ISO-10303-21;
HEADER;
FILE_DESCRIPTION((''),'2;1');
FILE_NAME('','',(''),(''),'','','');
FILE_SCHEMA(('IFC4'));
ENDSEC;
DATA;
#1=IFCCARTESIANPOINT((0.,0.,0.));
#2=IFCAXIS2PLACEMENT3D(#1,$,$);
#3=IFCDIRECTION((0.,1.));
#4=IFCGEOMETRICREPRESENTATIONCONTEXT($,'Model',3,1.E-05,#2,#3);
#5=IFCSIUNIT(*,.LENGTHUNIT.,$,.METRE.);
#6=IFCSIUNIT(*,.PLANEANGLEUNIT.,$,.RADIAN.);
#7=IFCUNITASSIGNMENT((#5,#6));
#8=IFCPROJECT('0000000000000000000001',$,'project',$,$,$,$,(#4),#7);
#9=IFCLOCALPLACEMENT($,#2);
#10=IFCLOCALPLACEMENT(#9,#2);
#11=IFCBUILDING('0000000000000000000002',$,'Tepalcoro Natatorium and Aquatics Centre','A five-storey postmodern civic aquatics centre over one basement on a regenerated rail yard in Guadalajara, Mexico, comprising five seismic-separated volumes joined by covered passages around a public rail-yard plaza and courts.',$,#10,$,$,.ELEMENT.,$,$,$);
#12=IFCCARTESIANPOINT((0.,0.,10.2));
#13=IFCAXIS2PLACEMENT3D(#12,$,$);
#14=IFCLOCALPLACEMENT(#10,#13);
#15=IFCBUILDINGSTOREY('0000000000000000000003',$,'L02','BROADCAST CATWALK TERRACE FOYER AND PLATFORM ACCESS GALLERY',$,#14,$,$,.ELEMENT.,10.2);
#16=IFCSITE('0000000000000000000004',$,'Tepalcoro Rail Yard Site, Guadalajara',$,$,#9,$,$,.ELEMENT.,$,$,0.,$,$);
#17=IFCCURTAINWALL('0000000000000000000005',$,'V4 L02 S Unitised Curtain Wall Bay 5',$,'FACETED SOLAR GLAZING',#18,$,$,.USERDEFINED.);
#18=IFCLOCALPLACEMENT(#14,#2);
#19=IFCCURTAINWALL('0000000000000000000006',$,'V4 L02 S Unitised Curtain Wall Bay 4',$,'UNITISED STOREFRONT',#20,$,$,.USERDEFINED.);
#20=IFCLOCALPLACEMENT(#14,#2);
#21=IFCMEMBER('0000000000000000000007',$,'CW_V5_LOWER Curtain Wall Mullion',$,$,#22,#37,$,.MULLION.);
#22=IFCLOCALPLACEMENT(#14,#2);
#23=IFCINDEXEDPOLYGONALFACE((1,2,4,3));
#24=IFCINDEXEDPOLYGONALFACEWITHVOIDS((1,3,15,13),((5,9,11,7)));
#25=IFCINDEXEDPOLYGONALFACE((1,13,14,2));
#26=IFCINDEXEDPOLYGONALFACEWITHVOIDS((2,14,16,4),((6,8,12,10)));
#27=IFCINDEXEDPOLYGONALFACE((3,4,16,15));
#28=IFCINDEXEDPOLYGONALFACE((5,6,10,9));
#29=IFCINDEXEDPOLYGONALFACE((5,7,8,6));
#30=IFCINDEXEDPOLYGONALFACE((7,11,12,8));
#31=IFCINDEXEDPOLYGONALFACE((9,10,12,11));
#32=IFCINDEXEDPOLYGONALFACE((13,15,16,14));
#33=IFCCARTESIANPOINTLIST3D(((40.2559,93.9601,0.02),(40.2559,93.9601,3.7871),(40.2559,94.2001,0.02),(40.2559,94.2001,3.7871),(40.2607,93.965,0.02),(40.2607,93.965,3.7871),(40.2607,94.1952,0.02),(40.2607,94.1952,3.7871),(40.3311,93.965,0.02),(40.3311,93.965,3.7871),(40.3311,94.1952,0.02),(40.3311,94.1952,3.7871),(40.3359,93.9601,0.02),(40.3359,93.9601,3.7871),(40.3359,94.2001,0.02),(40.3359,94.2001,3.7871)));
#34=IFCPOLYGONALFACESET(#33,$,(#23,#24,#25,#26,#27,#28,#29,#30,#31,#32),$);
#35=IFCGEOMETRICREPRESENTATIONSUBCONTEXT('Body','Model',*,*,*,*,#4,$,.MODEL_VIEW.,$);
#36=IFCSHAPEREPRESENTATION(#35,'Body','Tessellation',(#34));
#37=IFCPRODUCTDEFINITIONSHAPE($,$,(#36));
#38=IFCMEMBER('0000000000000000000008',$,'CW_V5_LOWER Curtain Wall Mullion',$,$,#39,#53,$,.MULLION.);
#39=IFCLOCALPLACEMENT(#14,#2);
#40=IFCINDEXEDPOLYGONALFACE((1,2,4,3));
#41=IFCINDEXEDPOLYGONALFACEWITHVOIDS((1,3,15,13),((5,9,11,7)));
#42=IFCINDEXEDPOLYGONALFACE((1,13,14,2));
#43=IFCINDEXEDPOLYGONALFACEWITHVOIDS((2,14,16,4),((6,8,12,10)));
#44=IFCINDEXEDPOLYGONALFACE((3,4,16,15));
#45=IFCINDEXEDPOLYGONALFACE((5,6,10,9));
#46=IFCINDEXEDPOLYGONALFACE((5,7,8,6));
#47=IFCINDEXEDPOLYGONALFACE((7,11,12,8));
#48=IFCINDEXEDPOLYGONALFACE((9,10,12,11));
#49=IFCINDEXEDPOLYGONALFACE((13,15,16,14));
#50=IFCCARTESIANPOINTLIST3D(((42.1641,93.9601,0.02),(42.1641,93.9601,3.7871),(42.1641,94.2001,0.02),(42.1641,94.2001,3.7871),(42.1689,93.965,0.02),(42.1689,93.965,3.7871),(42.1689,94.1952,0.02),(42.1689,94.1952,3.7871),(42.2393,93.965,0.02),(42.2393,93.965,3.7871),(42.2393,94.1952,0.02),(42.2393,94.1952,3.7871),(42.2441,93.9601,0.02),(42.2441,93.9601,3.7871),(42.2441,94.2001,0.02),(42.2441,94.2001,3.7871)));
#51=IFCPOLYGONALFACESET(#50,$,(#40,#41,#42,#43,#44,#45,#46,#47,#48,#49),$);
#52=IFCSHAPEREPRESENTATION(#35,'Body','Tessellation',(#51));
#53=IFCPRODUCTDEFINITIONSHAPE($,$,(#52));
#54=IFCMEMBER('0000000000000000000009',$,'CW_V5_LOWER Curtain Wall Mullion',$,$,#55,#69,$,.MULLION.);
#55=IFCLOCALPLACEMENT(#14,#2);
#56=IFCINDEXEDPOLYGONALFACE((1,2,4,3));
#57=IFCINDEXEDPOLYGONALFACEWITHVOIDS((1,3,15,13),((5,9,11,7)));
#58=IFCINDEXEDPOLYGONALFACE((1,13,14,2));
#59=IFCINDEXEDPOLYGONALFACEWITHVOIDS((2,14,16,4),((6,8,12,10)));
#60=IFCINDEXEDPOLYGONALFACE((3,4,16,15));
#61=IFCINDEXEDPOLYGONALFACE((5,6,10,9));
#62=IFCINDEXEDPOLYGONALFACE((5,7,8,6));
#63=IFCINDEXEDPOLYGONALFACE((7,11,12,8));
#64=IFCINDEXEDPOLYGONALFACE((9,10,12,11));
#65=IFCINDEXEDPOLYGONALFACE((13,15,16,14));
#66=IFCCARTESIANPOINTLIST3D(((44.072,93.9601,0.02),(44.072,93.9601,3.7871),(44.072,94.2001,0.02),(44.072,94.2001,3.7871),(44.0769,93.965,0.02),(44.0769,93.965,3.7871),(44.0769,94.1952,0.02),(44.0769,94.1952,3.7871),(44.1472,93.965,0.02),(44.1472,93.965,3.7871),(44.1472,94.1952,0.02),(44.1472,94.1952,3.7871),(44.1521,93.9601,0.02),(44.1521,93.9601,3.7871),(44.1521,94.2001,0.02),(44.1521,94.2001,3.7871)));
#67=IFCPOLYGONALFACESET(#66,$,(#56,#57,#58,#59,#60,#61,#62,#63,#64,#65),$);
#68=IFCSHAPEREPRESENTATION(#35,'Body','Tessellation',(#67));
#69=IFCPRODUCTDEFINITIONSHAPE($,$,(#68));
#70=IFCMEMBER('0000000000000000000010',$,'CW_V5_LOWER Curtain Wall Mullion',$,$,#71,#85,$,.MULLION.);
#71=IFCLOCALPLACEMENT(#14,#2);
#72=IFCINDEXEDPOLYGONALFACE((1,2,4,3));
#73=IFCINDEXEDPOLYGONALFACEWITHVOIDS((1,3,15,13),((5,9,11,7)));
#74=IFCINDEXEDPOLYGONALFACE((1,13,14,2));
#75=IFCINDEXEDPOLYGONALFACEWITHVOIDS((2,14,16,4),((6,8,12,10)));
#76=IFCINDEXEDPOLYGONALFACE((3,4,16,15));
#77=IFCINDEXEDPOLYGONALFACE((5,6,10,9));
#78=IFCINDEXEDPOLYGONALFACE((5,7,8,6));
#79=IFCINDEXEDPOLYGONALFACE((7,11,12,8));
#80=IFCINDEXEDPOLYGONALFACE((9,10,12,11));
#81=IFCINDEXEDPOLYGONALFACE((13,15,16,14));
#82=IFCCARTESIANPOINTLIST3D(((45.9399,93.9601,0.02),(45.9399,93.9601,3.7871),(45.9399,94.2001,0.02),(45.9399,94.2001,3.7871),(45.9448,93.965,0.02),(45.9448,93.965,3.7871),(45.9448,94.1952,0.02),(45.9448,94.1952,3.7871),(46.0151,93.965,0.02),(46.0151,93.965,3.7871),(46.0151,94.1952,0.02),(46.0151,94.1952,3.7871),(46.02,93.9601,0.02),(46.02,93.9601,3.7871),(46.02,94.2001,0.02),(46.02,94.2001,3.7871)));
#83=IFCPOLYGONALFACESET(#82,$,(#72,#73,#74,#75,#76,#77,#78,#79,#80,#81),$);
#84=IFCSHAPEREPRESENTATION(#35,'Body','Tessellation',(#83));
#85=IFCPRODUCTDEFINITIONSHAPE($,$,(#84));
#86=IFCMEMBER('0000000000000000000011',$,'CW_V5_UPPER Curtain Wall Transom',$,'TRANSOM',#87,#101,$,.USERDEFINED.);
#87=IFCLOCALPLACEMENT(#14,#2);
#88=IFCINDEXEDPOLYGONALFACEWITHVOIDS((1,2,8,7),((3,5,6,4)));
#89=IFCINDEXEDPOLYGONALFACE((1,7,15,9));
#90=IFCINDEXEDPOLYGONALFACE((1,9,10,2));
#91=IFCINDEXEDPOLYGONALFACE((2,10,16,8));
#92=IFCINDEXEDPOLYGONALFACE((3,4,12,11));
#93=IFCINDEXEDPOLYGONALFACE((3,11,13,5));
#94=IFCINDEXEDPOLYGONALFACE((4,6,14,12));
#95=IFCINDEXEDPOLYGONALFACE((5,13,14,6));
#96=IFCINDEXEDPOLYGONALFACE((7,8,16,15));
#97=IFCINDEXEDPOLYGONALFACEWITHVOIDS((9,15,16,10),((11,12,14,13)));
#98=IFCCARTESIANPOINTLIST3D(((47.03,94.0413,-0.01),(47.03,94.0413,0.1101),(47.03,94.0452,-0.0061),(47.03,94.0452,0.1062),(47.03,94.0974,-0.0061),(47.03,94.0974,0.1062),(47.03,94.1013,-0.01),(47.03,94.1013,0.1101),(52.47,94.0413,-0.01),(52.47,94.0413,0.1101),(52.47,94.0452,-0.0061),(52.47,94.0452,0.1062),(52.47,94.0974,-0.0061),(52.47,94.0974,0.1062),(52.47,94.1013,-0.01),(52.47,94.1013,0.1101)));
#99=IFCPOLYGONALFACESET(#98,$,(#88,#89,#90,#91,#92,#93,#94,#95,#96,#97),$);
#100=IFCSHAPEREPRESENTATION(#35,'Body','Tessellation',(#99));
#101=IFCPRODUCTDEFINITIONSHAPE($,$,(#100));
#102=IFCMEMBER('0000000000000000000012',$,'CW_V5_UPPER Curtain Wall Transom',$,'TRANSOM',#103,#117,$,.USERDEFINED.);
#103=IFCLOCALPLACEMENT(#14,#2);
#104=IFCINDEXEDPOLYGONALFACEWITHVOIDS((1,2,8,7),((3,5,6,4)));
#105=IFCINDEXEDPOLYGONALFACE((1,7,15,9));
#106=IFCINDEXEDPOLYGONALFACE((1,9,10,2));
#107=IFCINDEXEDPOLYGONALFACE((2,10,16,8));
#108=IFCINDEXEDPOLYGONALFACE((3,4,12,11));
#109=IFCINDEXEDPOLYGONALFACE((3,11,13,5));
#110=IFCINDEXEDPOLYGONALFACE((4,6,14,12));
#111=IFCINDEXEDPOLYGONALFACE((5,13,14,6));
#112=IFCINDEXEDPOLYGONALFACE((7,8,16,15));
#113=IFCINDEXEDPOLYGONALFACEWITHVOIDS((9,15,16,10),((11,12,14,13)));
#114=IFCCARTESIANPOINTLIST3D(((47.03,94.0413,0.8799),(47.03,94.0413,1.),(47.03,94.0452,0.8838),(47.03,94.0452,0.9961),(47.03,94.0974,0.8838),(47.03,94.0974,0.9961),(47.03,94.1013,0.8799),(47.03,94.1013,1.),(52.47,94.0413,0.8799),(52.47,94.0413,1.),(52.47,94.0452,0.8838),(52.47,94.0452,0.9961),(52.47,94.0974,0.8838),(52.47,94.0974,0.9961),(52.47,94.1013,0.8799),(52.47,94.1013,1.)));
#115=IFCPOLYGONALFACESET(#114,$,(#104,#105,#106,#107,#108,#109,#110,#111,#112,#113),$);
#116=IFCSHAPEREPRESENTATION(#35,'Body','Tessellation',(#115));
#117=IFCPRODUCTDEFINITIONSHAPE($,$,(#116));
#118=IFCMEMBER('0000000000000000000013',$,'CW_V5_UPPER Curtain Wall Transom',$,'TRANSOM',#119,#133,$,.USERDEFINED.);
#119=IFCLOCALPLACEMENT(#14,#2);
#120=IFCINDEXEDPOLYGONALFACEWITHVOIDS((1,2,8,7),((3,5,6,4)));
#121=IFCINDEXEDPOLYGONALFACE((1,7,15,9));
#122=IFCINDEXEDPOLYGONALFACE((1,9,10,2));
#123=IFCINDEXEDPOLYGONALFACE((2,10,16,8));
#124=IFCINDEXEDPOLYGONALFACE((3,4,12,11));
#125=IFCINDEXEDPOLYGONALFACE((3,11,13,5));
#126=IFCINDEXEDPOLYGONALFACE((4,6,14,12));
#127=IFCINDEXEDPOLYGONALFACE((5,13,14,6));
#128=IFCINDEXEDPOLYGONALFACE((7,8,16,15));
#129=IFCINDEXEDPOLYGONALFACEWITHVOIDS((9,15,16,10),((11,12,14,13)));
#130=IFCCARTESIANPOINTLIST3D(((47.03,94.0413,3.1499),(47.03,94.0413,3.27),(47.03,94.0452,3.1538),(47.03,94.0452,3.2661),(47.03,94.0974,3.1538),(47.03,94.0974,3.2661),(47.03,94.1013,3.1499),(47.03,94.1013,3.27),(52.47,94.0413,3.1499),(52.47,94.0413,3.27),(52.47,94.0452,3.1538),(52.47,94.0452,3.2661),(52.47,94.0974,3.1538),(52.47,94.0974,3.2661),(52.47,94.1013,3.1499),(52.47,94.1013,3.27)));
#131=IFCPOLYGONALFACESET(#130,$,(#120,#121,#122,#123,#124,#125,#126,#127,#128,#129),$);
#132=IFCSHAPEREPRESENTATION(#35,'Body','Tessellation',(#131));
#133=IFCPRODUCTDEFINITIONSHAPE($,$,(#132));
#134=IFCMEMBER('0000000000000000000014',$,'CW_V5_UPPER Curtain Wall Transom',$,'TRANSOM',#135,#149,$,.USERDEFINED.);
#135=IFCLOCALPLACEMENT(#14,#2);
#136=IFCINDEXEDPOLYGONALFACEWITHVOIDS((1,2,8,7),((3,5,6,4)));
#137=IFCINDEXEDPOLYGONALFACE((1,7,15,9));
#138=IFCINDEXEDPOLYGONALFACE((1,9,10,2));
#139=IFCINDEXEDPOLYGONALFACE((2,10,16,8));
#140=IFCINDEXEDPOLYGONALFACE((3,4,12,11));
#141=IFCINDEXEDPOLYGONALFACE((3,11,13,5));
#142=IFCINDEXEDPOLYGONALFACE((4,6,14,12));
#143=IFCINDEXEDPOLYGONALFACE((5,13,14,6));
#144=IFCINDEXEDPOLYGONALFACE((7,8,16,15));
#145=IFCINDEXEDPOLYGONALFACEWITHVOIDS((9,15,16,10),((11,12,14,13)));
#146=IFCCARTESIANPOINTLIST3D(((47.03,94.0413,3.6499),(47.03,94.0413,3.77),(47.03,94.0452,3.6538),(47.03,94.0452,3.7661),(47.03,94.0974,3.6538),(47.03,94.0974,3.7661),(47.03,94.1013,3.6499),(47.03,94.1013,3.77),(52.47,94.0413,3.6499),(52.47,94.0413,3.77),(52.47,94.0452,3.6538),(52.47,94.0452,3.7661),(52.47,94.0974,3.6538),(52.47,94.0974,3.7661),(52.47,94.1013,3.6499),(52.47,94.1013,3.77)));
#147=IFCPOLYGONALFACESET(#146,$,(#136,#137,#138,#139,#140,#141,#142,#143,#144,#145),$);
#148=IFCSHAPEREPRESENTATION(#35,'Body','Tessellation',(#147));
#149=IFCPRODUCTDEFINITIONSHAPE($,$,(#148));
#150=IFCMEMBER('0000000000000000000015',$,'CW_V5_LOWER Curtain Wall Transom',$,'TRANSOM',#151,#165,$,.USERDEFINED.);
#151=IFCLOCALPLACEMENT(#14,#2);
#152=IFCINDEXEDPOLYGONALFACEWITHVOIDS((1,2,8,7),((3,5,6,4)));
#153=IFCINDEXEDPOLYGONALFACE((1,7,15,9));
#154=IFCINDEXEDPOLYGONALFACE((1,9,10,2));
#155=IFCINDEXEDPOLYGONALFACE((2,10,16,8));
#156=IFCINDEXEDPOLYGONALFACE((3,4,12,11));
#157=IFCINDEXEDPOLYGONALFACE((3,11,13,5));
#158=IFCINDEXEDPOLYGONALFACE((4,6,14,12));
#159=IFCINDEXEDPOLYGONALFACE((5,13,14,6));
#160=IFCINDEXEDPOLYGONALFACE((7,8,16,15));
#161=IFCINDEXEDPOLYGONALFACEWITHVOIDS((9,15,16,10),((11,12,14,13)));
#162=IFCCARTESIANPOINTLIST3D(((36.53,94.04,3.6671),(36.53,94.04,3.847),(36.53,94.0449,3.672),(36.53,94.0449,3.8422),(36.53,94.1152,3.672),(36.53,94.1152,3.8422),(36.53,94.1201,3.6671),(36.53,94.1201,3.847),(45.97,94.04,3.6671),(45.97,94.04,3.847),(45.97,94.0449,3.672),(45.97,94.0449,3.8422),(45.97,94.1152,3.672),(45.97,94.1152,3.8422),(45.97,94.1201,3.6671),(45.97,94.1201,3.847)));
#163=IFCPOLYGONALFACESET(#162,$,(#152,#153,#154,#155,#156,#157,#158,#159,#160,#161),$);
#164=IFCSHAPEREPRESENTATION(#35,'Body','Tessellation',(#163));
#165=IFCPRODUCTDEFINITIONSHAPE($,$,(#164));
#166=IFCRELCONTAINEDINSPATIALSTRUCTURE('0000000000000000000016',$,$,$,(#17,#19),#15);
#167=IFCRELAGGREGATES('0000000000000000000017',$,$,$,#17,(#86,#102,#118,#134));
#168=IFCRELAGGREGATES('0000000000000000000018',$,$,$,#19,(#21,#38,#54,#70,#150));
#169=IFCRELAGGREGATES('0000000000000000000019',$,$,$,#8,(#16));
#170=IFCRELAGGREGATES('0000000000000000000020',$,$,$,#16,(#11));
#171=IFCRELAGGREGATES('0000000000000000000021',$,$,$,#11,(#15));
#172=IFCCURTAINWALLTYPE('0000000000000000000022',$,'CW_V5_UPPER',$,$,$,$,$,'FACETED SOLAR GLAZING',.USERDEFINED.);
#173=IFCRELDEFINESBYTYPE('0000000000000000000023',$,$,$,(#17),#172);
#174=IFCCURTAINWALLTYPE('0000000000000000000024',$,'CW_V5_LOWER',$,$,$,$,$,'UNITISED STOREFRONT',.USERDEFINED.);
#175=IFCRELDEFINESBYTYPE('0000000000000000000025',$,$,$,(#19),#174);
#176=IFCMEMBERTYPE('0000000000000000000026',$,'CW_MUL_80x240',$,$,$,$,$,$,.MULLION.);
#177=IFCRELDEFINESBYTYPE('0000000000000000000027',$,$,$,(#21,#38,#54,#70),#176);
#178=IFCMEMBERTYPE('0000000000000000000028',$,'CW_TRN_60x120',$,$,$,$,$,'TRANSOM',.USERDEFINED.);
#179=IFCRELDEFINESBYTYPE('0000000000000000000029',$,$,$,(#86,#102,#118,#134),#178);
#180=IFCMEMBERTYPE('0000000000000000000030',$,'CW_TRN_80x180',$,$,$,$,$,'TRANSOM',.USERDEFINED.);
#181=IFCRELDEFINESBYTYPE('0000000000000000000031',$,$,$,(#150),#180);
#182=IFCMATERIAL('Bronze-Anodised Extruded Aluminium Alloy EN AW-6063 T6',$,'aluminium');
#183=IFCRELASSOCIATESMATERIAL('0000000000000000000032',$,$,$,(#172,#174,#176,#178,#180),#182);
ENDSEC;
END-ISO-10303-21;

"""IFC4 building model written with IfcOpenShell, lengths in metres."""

from ifc_helpers import new_model, si_unit, direction, frame, origin, origin_2d, place, context, subcontext, project, spatial, hollow_rectangle, extrude, material, material_profile, profile_set, type_object, element, aggregate, save


model = new_model("IFC4")

# Units and contexts
model_context = context("Model", 3, precision=1e-05, world=origin(), true_north=direction((0.0, 1.0)))
body_context = subcontext(model_context, "Body", "Model", "MODEL_VIEW")
ifc_project = project(units=[si_unit("LENGTHUNIT", "METRE"), si_unit("PLANEANGLEUNIT", "RADIAN")], contexts=[model_context])

# Site, building, storey
site_placement = place(None, origin())
site = spatial("IfcSite", under=ifc_project, at=site_placement, Name="Tepalcoro Rail Yard Site, Guadalajara", CompositionType="ELEMENT", RefElevation=0.0)
building_placement = place(site_placement, origin())
building = spatial("IfcBuilding", under=site, at=building_placement, Name="Tepalcoro Natatorium and Aquatics Centre", Description="A five-storey postmodern civic aquatics centre over one basement on a regenerated rail yard in Guadalajara, Mexico, comprising five seismic-separated volumes joined by covered passages around a public rail-yard plaza and courts.", CompositionType="ELEMENT")
storey_placement = place(building_placement, frame((0.0, 0.0, 10.2)))
storey = spatial("IfcBuildingStorey", under=building, at=storey_placement, Name="L02", Description="BROADCAST CATWALK TERRACE FOYER AND PLATFORM ACCESS GALLERY", CompositionType="ELEMENT", Elevation=10.2)

# Curtain walls, members
ifc_material_1 = material(Name="Bronze-Anodised Extruded Aluminium Alloy EN AW-6063 T6", Category="aluminium")
curtain_wall_type_1 = type_object("IfcCurtainWallType", Name="CW_V5_UPPER", ElementType="FACETED SOLAR GLAZING", PredefinedType="USERDEFINED", material=ifc_material_1)
curtain_wall_1_placement = place(storey_placement, origin())
curtain_wall_1 = element("IfcCurtainWall", 1, at=curtain_wall_1_placement, inside=storey, type_object=curtain_wall_type_1, Name="V4 L02 S Unitised Curtain Wall Bay 5", ObjectType="FACETED SOLAR GLAZING", PredefinedType="USERDEFINED")
curtain_wall_type_2 = type_object("IfcCurtainWallType", Name="CW_V5_LOWER", ElementType="UNITISED STOREFRONT", PredefinedType="USERDEFINED", material=ifc_material_1)
curtain_wall_2_placement = place(storey_placement, origin())
curtain_wall_2 = element("IfcCurtainWall", 2, at=curtain_wall_2_placement, inside=storey, type_object=curtain_wall_type_2, Name="V4 L02 S Unitised Curtain Wall Bay 4", ObjectType="UNITISED STOREFRONT", PredefinedType="USERDEFINED")
ifc_material_profile_1 = material_profile(ifc_material_1, hollow_rectangle(XDim=0.0801, YDim=0.24, WallThickness=0.0049, at=origin_2d()), Name="AL80X240X5")
ifc_profile_set_1 = profile_set([ifc_material_profile_1], Name="Bronze-Anodised Extruded Aluminium Alloy EN AW-6063 T6")
member_type_1 = type_object("IfcMemberType", Name="CW_MUL_80x240", PredefinedType="MULLION", material=ifc_profile_set_1)
member_1_placement = place(storey_placement, frame((40.2959, 94.0801, 0.02), z_axis=(0.0, 0.0, 1.0), x_axis=(1.0, 0.0, 0.0)))
member_1 = element("IfcMember", 3, at=member_1_placement, type_object=member_type_1, Name="CW_V5_LOWER Curtain Wall Mullion", PredefinedType="MULLION", context=body_context, shape_type="SweptSolid", body=[
    extrude(hollow_rectangle(XDim=0.0801, YDim=0.24, WallThickness=0.0049, at=origin_2d()), origin(), (0.0, 0.0, 1.0), 3.7671),
])
member_2_placement = place(storey_placement, frame((42.2041, 94.0801, 0.02), z_axis=(0.0, 0.0, 1.0), x_axis=(1.0, 0.0, 0.0)))
member_2 = element("IfcMember", 4, at=member_2_placement, type_object=member_type_1, Name="CW_V5_LOWER Curtain Wall Mullion", PredefinedType="MULLION", context=body_context, shape_type="SweptSolid", body=[
    extrude(hollow_rectangle(XDim=0.0801, YDim=0.24, WallThickness=0.0049, at=origin_2d()), origin(), (0.0, 0.0, 1.0), 3.7671),
])
member_3_placement = place(storey_placement, frame((44.1121, 94.0801, 0.02), z_axis=(0.0, 0.0, 1.0), x_axis=(1.0, 0.0, 0.0)))
member_3 = element("IfcMember", 5, at=member_3_placement, type_object=member_type_1, Name="CW_V5_LOWER Curtain Wall Mullion", PredefinedType="MULLION", context=body_context, shape_type="SweptSolid", body=[
    extrude(hollow_rectangle(XDim=0.0801, YDim=0.24, WallThickness=0.0049, at=origin_2d()), origin(), (0.0, 0.0, 1.0), 3.7671),
])
member_4_placement = place(storey_placement, frame((45.98, 94.0801, 0.02), z_axis=(0.0, 0.0, 1.0), x_axis=(1.0, 0.0, 0.0)))
member_4 = element("IfcMember", 6, at=member_4_placement, type_object=member_type_1, Name="CW_V5_LOWER Curtain Wall Mullion", PredefinedType="MULLION", context=body_context, shape_type="SweptSolid", body=[
    extrude(hollow_rectangle(XDim=0.0801, YDim=0.24, WallThickness=0.0049, at=origin_2d()), origin(), (0.0, 0.0, 1.0), 3.7671),
])

# Members
ifc_material_profile_2 = material_profile(ifc_material_1, hollow_rectangle(XDim=0.0601, YDim=0.1201, WallThickness=0.0039, at=origin_2d()), Name="AL60X120X4")
ifc_profile_set_2 = profile_set([ifc_material_profile_2], Name="Bronze-Anodised Extruded Aluminium Alloy EN AW-6063 T6")
member_type_2 = type_object("IfcMemberType", Name="CW_TRN_60x120", ElementType="TRANSOM", PredefinedType="USERDEFINED", material=ifc_profile_set_2)
member_5_placement = place(storey_placement, frame((47.03, 94.0713, 0.05), z_axis=(1.0, 0.0, 0.0), x_axis=(0.0, 1.0, 0.0)))
member_5 = element("IfcMember", 7, at=member_5_placement, type_object=member_type_2, Name="CW_V5_UPPER Curtain Wall Transom", ObjectType="TRANSOM", PredefinedType="USERDEFINED", context=body_context, shape_type="SweptSolid", body=[
    extrude(hollow_rectangle(XDim=0.0601, YDim=0.1201, WallThickness=0.0039, at=origin_2d()), origin(), (0.0, 0.0, 1.0), 5.4399),
])
member_6_placement = place(storey_placement, frame((47.03, 94.0713, 0.9399), z_axis=(1.0, 0.0, 0.0), x_axis=(0.0, 1.0, 0.0)))
member_6 = element("IfcMember", 8, at=member_6_placement, type_object=member_type_2, Name="CW_V5_UPPER Curtain Wall Transom", ObjectType="TRANSOM", PredefinedType="USERDEFINED", context=body_context, shape_type="SweptSolid", body=[
    extrude(hollow_rectangle(XDim=0.0601, YDim=0.1201, WallThickness=0.0039, at=origin_2d()), origin(), (0.0, 0.0, 1.0), 5.4399),
])
member_7_placement = place(storey_placement, frame((47.03, 94.0713, 3.21), z_axis=(1.0, 0.0, 0.0), x_axis=(0.0, 1.0, 0.0)))
member_7 = element("IfcMember", 9, at=member_7_placement, type_object=member_type_2, Name="CW_V5_UPPER Curtain Wall Transom", ObjectType="TRANSOM", PredefinedType="USERDEFINED", context=body_context, shape_type="SweptSolid", body=[
    extrude(hollow_rectangle(XDim=0.0601, YDim=0.1201, WallThickness=0.0039, at=origin_2d()), origin(), (0.0, 0.0, 1.0), 5.4399),
])
member_8_placement = place(storey_placement, frame((47.03, 94.0713, 3.71), z_axis=(1.0, 0.0, 0.0), x_axis=(0.0, 1.0, 0.0)))
member_8 = element("IfcMember", 10, at=member_8_placement, type_object=member_type_2, Name="CW_V5_UPPER Curtain Wall Transom", ObjectType="TRANSOM", PredefinedType="USERDEFINED", context=body_context, shape_type="SweptSolid", body=[
    extrude(hollow_rectangle(XDim=0.0601, YDim=0.1201, WallThickness=0.0039, at=origin_2d()), origin(), (0.0, 0.0, 1.0), 5.4399),
])
ifc_material_profile_3 = material_profile(ifc_material_1, hollow_rectangle(XDim=0.0801, YDim=0.1799, WallThickness=0.0049, at=origin_2d()), Name="AL80X180X5")
ifc_profile_set_3 = profile_set([ifc_material_profile_3], Name="Bronze-Anodised Extruded Aluminium Alloy EN AW-6063 T6")
member_type_3 = type_object("IfcMemberType", Name="CW_TRN_80x180", ElementType="TRANSOM", PredefinedType="USERDEFINED", material=ifc_profile_set_3)
member_9_placement = place(storey_placement, frame((36.53, 94.0801, 3.7571), z_axis=(1.0, 0.0, 0.0), x_axis=(0.0, 1.0, 0.0)))
member_9 = element("IfcMember", 11, at=member_9_placement, type_object=member_type_3, Name="CW_V5_LOWER Curtain Wall Transom", ObjectType="TRANSOM", PredefinedType="USERDEFINED", context=body_context, shape_type="SweptSolid", body=[
    extrude(hollow_rectangle(XDim=0.0801, YDim=0.1799, WallThickness=0.0049, at=origin_2d()), origin(), (0.0, 0.0, 1.0), 9.4399),
])

aggregate(curtain_wall_1, [member_5, member_6, member_7, member_8])
aggregate(curtain_wall_2, [member_1, member_2, member_3, member_4, member_9])

save(model, "model.ifc")
